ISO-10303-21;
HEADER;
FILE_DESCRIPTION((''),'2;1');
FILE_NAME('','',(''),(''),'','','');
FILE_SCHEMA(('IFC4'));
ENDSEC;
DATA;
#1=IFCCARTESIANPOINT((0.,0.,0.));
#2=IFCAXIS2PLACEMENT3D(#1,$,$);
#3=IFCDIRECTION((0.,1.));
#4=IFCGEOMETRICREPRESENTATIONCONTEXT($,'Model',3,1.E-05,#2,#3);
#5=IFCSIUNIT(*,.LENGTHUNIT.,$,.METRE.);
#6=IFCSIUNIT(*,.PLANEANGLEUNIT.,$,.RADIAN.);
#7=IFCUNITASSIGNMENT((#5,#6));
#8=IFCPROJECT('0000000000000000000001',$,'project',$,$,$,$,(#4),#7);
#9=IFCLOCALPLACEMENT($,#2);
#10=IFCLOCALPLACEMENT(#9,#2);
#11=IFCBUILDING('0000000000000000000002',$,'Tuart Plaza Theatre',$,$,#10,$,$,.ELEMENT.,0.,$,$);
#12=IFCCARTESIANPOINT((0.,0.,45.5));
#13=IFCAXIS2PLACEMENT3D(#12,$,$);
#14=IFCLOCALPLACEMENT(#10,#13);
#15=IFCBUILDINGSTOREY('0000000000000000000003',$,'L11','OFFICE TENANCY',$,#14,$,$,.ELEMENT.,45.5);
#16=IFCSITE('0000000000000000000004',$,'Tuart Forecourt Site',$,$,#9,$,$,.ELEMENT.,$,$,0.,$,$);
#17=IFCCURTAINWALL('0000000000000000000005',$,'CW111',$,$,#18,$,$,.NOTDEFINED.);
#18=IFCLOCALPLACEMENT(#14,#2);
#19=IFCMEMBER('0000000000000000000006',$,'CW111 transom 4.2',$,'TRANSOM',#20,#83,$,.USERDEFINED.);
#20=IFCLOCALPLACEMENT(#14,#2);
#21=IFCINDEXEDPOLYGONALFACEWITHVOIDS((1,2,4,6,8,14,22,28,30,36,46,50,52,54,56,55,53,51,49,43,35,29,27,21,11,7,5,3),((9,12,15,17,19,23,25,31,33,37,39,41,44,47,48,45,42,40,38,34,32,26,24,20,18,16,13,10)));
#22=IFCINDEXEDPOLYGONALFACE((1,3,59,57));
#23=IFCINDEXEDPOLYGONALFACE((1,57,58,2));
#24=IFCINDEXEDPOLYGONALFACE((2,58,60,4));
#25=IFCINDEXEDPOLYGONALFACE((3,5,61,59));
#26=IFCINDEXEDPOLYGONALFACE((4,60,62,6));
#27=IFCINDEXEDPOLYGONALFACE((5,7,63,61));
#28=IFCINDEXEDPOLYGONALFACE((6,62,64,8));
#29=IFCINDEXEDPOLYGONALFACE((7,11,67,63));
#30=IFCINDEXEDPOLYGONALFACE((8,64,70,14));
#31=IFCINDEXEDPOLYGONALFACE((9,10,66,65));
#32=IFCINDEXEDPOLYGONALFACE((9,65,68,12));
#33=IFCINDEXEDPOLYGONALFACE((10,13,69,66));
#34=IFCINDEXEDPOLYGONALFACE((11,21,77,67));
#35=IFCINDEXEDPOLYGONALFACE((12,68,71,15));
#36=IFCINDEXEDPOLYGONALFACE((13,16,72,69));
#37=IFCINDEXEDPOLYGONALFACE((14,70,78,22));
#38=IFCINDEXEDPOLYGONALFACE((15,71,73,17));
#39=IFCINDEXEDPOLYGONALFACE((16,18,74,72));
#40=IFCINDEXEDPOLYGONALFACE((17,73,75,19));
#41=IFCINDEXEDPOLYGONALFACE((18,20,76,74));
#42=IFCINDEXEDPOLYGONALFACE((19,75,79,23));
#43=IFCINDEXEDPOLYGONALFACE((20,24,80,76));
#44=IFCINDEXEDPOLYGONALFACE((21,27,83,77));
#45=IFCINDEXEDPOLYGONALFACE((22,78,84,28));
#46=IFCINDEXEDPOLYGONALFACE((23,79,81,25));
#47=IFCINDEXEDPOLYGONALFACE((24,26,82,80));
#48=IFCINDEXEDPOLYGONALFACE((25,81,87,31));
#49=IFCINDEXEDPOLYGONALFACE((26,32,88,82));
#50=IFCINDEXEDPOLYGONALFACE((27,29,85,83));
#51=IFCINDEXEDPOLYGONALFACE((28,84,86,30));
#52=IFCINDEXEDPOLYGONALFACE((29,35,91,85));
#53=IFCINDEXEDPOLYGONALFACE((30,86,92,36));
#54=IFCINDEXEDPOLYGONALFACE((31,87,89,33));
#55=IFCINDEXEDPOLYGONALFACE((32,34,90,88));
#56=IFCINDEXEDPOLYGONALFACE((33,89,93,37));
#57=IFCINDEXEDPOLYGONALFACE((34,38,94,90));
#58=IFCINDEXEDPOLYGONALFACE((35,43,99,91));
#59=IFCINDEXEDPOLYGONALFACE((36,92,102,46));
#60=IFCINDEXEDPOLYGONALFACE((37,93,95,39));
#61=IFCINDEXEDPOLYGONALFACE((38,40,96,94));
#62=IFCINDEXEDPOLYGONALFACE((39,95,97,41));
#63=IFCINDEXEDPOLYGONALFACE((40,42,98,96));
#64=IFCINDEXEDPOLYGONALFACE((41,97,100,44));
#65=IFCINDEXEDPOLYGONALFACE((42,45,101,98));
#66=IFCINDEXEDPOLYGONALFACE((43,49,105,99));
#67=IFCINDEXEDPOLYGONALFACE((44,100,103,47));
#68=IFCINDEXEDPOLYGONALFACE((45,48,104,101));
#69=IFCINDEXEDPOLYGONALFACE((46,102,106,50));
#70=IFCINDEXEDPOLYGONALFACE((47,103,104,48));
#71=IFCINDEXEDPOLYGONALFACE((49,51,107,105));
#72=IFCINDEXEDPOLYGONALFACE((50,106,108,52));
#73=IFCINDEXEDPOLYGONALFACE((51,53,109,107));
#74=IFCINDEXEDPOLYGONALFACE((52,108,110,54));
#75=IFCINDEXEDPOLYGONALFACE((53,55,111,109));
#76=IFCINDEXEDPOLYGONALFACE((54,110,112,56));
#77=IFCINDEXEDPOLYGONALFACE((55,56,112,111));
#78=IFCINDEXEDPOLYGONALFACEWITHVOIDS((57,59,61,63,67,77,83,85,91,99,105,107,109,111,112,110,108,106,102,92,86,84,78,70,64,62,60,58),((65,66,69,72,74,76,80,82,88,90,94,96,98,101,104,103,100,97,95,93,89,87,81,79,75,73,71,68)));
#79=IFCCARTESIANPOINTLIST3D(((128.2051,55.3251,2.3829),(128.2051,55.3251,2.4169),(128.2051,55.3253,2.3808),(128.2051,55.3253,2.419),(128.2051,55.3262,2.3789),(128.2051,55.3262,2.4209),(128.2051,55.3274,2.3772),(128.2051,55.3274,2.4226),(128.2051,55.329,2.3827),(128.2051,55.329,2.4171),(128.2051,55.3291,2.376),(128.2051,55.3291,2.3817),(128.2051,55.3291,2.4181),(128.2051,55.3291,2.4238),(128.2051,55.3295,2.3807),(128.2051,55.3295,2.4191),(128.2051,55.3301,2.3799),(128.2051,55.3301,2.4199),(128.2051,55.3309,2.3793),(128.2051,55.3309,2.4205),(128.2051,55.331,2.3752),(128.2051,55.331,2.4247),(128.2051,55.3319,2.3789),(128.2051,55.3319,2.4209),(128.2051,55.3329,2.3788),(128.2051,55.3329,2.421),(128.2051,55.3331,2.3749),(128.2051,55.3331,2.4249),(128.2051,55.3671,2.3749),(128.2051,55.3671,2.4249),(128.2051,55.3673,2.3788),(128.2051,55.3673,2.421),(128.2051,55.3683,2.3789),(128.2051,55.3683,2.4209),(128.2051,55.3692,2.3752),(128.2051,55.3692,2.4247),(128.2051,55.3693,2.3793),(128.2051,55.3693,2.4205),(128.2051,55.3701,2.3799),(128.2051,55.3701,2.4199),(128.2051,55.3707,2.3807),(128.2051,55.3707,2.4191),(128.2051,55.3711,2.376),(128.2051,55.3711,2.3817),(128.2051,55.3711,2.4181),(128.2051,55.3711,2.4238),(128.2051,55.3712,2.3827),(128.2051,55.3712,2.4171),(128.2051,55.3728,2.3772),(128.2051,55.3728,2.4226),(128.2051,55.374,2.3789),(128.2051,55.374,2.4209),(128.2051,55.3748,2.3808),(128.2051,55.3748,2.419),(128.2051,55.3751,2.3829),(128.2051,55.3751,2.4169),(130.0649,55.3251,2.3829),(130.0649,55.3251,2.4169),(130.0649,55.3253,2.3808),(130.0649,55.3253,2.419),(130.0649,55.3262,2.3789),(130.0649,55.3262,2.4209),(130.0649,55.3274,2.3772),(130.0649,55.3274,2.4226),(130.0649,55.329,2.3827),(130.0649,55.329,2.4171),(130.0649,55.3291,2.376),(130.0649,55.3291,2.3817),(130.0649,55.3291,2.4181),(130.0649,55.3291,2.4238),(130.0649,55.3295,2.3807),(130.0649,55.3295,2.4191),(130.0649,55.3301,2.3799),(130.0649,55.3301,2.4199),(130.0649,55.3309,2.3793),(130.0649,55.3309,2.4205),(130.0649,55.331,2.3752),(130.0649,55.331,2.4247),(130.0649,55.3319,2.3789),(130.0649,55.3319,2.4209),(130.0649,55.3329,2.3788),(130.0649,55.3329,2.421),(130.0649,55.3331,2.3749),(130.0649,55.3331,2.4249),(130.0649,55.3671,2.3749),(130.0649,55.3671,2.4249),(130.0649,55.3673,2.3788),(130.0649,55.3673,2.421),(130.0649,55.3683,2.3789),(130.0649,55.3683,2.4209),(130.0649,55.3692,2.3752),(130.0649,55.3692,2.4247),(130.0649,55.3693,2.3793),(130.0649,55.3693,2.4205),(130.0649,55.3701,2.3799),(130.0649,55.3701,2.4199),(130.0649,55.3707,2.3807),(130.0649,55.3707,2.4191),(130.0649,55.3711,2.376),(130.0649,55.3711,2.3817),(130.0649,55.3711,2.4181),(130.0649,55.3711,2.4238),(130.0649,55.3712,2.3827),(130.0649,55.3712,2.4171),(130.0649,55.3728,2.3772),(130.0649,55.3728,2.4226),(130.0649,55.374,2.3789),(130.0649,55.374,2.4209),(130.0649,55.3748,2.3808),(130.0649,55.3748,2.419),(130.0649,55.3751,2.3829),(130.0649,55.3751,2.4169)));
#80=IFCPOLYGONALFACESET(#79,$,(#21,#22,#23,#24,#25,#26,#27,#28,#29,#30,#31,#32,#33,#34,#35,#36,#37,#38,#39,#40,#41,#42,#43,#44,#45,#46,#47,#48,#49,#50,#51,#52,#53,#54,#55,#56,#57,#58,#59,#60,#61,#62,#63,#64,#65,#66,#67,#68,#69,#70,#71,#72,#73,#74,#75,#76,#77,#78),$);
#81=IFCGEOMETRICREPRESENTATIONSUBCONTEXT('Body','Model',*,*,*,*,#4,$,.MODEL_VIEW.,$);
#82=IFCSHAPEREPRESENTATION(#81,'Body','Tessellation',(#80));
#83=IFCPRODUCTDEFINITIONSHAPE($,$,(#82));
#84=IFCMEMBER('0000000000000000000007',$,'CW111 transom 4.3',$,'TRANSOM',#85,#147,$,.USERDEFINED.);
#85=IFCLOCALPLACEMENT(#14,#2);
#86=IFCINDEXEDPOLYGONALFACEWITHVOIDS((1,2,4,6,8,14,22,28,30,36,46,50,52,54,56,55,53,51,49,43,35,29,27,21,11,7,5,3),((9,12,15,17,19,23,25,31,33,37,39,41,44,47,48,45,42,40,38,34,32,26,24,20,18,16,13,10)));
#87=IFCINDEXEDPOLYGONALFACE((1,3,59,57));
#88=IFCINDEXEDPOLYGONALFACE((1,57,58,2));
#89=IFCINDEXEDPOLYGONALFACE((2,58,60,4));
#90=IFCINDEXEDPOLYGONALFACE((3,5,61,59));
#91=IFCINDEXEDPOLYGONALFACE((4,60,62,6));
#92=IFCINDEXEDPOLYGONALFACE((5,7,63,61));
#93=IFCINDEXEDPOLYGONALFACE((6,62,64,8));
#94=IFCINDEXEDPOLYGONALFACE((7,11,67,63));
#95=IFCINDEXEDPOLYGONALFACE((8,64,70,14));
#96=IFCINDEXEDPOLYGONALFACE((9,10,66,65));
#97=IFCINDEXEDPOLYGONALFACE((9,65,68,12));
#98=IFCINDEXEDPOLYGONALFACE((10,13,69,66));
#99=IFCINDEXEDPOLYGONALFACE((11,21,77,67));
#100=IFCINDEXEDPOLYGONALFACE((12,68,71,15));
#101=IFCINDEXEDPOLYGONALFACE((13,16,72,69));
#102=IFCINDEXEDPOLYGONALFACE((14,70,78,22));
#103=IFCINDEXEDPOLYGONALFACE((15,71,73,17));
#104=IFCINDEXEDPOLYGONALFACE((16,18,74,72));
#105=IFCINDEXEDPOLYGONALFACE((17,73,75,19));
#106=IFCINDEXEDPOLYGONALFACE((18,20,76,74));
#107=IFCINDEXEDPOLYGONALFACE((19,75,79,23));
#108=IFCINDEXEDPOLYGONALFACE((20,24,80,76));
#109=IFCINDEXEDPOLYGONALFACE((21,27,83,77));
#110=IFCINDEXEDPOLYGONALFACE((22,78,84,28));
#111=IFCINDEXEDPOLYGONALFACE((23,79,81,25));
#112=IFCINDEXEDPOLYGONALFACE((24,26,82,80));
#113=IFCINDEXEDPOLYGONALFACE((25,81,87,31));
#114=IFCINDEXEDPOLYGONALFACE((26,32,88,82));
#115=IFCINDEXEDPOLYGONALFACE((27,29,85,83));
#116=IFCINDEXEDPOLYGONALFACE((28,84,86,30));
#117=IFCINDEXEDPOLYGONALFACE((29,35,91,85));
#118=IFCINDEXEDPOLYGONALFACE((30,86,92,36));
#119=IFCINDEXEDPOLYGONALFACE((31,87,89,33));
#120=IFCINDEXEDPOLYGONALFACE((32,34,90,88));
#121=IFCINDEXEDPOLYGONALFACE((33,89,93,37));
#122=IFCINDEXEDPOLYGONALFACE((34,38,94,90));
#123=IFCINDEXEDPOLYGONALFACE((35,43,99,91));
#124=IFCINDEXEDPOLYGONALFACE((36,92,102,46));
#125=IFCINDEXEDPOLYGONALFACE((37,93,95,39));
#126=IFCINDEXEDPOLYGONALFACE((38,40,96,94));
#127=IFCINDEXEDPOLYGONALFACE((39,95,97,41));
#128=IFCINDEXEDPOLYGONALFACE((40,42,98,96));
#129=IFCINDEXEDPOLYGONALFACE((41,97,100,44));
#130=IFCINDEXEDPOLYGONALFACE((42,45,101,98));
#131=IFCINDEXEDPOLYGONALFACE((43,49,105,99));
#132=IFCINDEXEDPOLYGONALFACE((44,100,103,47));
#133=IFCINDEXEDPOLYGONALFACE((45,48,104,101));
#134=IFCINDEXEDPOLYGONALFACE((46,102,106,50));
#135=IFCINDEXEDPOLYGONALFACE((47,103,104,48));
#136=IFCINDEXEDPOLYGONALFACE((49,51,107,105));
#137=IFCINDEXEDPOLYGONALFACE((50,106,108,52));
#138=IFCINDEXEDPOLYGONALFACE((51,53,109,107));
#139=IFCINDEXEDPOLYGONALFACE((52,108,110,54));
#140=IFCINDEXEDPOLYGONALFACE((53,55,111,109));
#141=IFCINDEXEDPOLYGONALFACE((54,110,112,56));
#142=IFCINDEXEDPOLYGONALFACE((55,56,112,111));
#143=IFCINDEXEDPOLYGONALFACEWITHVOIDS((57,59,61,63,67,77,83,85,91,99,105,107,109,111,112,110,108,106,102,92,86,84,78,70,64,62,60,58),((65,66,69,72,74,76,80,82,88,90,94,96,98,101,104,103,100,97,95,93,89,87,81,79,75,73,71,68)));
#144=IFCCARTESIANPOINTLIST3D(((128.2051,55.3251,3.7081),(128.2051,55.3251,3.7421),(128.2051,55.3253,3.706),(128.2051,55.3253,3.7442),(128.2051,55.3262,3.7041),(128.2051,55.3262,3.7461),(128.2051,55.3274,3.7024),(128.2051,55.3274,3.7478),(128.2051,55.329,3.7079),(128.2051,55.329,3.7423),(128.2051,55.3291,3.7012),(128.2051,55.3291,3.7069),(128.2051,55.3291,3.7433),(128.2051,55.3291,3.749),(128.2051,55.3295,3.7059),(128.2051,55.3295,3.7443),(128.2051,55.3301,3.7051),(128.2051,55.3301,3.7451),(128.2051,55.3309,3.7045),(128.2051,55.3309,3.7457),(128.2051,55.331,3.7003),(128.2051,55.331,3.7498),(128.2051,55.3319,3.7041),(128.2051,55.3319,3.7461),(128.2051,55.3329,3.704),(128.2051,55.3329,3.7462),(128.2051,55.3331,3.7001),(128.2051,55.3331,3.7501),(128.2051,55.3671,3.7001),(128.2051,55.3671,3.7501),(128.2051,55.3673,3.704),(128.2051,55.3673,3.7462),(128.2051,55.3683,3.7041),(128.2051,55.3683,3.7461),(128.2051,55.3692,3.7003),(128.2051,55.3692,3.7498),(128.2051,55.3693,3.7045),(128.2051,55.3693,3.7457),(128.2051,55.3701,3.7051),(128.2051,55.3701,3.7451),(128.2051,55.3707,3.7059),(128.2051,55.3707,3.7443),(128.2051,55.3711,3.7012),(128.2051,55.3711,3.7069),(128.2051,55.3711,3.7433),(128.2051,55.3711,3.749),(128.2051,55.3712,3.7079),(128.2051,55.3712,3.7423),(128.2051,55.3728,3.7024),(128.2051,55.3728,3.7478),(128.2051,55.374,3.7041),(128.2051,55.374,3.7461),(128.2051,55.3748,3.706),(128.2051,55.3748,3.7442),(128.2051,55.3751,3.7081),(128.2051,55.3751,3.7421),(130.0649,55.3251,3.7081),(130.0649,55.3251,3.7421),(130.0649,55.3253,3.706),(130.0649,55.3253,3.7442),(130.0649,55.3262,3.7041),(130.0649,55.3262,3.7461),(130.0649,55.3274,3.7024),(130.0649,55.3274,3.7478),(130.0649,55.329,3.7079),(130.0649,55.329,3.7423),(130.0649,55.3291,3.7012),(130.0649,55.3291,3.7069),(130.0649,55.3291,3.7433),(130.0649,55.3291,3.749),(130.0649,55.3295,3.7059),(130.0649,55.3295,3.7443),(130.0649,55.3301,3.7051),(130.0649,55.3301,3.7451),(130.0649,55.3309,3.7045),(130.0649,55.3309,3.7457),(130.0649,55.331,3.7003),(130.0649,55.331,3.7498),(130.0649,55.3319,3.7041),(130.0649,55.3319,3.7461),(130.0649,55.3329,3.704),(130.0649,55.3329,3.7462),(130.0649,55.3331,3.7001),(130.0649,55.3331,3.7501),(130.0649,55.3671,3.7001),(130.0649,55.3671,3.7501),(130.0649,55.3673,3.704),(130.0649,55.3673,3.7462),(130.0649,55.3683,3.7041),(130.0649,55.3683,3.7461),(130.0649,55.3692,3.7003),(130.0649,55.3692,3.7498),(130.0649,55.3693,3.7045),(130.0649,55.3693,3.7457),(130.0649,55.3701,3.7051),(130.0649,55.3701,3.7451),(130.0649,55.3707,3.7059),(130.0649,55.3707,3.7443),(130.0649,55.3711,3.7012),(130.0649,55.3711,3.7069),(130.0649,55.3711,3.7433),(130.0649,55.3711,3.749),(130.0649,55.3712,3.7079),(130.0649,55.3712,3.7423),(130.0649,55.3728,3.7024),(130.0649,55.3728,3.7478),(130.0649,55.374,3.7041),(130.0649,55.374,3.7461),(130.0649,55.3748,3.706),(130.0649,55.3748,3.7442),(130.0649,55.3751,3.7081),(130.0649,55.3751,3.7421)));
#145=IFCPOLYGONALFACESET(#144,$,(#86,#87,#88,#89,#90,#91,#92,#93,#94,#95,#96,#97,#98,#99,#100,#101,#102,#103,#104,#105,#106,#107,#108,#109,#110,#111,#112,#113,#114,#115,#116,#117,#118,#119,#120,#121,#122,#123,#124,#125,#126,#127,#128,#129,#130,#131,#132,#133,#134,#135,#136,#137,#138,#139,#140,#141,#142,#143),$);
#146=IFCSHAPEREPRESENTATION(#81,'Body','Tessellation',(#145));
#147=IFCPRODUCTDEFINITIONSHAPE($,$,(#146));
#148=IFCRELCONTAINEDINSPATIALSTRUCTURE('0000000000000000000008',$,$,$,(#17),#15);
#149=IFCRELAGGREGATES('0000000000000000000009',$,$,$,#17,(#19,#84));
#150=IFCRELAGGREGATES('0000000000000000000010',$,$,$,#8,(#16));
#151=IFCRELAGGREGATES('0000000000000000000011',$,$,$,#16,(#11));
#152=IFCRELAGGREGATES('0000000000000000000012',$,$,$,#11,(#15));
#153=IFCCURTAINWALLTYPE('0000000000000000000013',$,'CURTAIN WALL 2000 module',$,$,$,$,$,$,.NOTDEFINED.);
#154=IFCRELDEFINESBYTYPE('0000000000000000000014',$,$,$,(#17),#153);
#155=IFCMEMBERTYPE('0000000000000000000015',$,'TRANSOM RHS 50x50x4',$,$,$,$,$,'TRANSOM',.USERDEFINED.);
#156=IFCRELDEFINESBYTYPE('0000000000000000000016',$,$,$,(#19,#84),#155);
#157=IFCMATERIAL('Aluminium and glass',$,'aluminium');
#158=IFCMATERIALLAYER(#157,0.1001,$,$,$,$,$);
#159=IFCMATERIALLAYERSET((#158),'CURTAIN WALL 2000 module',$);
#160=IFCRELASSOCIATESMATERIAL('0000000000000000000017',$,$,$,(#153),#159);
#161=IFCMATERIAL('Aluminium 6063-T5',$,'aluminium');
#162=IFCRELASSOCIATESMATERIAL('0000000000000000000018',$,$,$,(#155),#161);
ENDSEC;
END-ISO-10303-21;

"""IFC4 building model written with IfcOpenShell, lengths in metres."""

from ifc_helpers import new_model, si_unit, direction, frame, origin, origin_2d, place, context, subcontext, project, spatial, hollow_rectangle, extrude, material, layer, layer_set, material_profile, profile_set, type_object, element, aggregate, save


model = new_model("IFC4")

# Units and contexts
model_context = context("Model", 3, precision=1e-05, world=origin(), true_north=direction((0.0, 1.0)))
body_context = subcontext(model_context, "Body", "Model", "MODEL_VIEW")
ifc_project = project(units=[si_unit("LENGTHUNIT", "METRE"), si_unit("PLANEANGLEUNIT", "RADIAN")], contexts=[model_context])

# Site, building, storey
site_placement = place(None, origin())
site = spatial("IfcSite", under=ifc_project, at=site_placement, Name="Tuart Forecourt Site", CompositionType="ELEMENT", RefElevation=0.0)
building_placement = place(site_placement, origin())
building = spatial("IfcBuilding", under=site, at=building_placement, Name="Tuart Plaza Theatre", CompositionType="ELEMENT", ElevationOfRefHeight=0.0)
storey_placement = place(building_placement, frame((0.0, 0.0, 45.5)))
storey = spatial("IfcBuildingStorey", under=building, at=storey_placement, Name="L11", Description="OFFICE TENANCY", CompositionType="ELEMENT", Elevation=45.5)

# Curtain wall
ifc_material_1 = material(Name="Aluminium and glass", Category="aluminium")
ifc_layer_1 = layer(ifc_material_1, 0.1001)
ifc_layer_set_1 = layer_set([ifc_layer_1], Name="CURTAIN WALL 2000 module")
curtain_wall_type = type_object("IfcCurtainWallType", Name="CURTAIN WALL 2000 module", PredefinedType="NOTDEFINED", material=ifc_layer_set_1)
curtain_wall_1_placement = place(storey_placement, origin())
curtain_wall_1 = element("IfcCurtainWall", 1, at=curtain_wall_1_placement, inside=storey, type_object=curtain_wall_type, Name="CW111", PredefinedType="NOTDEFINED")

# Members
ifc_material_2 = material(Name="Aluminium 6063-T5", Category="aluminium")
ifc_material_profile_1 = material_profile(ifc_material_2, hollow_rectangle(XDim=0.05, YDim=0.05, WallThickness=0.0039, InnerFilletRadius=0.0039, OuterFilletRadius=0.0081, at=origin_2d()), Name="RHS 50x50x4")
ifc_profile_set_1 = profile_set([ifc_material_profile_1], Name="Aluminium 6063-T5")
member_type_1 = type_object("IfcMemberType", Name="TRANSOM RHS 50x50x4", ElementType="TRANSOM", PredefinedType="USERDEFINED", material=ifc_profile_set_1)
member_1_placement = place(storey_placement, frame((128.2051, 55.3501, 2.3999), z_axis=(1.0, 0.0, 0.0), x_axis=(0.0, 1.0, 0.0)))
member_1 = element("IfcMember", 2, at=member_1_placement, type_object=member_type_1, Name="CW111 transom 4.2", ObjectType="TRANSOM", PredefinedType="USERDEFINED", context=body_context, shape_type="SweptSolid", body=[
    extrude(hollow_rectangle(XDim=0.05, YDim=0.05, WallThickness=0.0039, InnerFilletRadius=0.0039, OuterFilletRadius=0.0081, at=origin_2d()), origin(), (0.0, 0.0, 1.0), 1.8599),
])
member_2_placement = place(storey_placement, frame((128.2051, 55.3501, 3.7251), z_axis=(1.0, 0.0, 0.0), x_axis=(0.0, 1.0, 0.0)))
member_2 = element("IfcMember", 3, at=member_2_placement, type_object=member_type_1, Name="CW111 transom 4.3", ObjectType="TRANSOM", PredefinedType="USERDEFINED", context=body_context, shape_type="SweptSolid", body=[
    extrude(hollow_rectangle(XDim=0.05, YDim=0.05, WallThickness=0.0039, InnerFilletRadius=0.0039, OuterFilletRadius=0.0081, at=origin_2d()), origin(), (0.0, 0.0, 1.0), 1.8599),
])

aggregate(curtain_wall_1, [member_1, member_2])

save(model, "model.ifc")
